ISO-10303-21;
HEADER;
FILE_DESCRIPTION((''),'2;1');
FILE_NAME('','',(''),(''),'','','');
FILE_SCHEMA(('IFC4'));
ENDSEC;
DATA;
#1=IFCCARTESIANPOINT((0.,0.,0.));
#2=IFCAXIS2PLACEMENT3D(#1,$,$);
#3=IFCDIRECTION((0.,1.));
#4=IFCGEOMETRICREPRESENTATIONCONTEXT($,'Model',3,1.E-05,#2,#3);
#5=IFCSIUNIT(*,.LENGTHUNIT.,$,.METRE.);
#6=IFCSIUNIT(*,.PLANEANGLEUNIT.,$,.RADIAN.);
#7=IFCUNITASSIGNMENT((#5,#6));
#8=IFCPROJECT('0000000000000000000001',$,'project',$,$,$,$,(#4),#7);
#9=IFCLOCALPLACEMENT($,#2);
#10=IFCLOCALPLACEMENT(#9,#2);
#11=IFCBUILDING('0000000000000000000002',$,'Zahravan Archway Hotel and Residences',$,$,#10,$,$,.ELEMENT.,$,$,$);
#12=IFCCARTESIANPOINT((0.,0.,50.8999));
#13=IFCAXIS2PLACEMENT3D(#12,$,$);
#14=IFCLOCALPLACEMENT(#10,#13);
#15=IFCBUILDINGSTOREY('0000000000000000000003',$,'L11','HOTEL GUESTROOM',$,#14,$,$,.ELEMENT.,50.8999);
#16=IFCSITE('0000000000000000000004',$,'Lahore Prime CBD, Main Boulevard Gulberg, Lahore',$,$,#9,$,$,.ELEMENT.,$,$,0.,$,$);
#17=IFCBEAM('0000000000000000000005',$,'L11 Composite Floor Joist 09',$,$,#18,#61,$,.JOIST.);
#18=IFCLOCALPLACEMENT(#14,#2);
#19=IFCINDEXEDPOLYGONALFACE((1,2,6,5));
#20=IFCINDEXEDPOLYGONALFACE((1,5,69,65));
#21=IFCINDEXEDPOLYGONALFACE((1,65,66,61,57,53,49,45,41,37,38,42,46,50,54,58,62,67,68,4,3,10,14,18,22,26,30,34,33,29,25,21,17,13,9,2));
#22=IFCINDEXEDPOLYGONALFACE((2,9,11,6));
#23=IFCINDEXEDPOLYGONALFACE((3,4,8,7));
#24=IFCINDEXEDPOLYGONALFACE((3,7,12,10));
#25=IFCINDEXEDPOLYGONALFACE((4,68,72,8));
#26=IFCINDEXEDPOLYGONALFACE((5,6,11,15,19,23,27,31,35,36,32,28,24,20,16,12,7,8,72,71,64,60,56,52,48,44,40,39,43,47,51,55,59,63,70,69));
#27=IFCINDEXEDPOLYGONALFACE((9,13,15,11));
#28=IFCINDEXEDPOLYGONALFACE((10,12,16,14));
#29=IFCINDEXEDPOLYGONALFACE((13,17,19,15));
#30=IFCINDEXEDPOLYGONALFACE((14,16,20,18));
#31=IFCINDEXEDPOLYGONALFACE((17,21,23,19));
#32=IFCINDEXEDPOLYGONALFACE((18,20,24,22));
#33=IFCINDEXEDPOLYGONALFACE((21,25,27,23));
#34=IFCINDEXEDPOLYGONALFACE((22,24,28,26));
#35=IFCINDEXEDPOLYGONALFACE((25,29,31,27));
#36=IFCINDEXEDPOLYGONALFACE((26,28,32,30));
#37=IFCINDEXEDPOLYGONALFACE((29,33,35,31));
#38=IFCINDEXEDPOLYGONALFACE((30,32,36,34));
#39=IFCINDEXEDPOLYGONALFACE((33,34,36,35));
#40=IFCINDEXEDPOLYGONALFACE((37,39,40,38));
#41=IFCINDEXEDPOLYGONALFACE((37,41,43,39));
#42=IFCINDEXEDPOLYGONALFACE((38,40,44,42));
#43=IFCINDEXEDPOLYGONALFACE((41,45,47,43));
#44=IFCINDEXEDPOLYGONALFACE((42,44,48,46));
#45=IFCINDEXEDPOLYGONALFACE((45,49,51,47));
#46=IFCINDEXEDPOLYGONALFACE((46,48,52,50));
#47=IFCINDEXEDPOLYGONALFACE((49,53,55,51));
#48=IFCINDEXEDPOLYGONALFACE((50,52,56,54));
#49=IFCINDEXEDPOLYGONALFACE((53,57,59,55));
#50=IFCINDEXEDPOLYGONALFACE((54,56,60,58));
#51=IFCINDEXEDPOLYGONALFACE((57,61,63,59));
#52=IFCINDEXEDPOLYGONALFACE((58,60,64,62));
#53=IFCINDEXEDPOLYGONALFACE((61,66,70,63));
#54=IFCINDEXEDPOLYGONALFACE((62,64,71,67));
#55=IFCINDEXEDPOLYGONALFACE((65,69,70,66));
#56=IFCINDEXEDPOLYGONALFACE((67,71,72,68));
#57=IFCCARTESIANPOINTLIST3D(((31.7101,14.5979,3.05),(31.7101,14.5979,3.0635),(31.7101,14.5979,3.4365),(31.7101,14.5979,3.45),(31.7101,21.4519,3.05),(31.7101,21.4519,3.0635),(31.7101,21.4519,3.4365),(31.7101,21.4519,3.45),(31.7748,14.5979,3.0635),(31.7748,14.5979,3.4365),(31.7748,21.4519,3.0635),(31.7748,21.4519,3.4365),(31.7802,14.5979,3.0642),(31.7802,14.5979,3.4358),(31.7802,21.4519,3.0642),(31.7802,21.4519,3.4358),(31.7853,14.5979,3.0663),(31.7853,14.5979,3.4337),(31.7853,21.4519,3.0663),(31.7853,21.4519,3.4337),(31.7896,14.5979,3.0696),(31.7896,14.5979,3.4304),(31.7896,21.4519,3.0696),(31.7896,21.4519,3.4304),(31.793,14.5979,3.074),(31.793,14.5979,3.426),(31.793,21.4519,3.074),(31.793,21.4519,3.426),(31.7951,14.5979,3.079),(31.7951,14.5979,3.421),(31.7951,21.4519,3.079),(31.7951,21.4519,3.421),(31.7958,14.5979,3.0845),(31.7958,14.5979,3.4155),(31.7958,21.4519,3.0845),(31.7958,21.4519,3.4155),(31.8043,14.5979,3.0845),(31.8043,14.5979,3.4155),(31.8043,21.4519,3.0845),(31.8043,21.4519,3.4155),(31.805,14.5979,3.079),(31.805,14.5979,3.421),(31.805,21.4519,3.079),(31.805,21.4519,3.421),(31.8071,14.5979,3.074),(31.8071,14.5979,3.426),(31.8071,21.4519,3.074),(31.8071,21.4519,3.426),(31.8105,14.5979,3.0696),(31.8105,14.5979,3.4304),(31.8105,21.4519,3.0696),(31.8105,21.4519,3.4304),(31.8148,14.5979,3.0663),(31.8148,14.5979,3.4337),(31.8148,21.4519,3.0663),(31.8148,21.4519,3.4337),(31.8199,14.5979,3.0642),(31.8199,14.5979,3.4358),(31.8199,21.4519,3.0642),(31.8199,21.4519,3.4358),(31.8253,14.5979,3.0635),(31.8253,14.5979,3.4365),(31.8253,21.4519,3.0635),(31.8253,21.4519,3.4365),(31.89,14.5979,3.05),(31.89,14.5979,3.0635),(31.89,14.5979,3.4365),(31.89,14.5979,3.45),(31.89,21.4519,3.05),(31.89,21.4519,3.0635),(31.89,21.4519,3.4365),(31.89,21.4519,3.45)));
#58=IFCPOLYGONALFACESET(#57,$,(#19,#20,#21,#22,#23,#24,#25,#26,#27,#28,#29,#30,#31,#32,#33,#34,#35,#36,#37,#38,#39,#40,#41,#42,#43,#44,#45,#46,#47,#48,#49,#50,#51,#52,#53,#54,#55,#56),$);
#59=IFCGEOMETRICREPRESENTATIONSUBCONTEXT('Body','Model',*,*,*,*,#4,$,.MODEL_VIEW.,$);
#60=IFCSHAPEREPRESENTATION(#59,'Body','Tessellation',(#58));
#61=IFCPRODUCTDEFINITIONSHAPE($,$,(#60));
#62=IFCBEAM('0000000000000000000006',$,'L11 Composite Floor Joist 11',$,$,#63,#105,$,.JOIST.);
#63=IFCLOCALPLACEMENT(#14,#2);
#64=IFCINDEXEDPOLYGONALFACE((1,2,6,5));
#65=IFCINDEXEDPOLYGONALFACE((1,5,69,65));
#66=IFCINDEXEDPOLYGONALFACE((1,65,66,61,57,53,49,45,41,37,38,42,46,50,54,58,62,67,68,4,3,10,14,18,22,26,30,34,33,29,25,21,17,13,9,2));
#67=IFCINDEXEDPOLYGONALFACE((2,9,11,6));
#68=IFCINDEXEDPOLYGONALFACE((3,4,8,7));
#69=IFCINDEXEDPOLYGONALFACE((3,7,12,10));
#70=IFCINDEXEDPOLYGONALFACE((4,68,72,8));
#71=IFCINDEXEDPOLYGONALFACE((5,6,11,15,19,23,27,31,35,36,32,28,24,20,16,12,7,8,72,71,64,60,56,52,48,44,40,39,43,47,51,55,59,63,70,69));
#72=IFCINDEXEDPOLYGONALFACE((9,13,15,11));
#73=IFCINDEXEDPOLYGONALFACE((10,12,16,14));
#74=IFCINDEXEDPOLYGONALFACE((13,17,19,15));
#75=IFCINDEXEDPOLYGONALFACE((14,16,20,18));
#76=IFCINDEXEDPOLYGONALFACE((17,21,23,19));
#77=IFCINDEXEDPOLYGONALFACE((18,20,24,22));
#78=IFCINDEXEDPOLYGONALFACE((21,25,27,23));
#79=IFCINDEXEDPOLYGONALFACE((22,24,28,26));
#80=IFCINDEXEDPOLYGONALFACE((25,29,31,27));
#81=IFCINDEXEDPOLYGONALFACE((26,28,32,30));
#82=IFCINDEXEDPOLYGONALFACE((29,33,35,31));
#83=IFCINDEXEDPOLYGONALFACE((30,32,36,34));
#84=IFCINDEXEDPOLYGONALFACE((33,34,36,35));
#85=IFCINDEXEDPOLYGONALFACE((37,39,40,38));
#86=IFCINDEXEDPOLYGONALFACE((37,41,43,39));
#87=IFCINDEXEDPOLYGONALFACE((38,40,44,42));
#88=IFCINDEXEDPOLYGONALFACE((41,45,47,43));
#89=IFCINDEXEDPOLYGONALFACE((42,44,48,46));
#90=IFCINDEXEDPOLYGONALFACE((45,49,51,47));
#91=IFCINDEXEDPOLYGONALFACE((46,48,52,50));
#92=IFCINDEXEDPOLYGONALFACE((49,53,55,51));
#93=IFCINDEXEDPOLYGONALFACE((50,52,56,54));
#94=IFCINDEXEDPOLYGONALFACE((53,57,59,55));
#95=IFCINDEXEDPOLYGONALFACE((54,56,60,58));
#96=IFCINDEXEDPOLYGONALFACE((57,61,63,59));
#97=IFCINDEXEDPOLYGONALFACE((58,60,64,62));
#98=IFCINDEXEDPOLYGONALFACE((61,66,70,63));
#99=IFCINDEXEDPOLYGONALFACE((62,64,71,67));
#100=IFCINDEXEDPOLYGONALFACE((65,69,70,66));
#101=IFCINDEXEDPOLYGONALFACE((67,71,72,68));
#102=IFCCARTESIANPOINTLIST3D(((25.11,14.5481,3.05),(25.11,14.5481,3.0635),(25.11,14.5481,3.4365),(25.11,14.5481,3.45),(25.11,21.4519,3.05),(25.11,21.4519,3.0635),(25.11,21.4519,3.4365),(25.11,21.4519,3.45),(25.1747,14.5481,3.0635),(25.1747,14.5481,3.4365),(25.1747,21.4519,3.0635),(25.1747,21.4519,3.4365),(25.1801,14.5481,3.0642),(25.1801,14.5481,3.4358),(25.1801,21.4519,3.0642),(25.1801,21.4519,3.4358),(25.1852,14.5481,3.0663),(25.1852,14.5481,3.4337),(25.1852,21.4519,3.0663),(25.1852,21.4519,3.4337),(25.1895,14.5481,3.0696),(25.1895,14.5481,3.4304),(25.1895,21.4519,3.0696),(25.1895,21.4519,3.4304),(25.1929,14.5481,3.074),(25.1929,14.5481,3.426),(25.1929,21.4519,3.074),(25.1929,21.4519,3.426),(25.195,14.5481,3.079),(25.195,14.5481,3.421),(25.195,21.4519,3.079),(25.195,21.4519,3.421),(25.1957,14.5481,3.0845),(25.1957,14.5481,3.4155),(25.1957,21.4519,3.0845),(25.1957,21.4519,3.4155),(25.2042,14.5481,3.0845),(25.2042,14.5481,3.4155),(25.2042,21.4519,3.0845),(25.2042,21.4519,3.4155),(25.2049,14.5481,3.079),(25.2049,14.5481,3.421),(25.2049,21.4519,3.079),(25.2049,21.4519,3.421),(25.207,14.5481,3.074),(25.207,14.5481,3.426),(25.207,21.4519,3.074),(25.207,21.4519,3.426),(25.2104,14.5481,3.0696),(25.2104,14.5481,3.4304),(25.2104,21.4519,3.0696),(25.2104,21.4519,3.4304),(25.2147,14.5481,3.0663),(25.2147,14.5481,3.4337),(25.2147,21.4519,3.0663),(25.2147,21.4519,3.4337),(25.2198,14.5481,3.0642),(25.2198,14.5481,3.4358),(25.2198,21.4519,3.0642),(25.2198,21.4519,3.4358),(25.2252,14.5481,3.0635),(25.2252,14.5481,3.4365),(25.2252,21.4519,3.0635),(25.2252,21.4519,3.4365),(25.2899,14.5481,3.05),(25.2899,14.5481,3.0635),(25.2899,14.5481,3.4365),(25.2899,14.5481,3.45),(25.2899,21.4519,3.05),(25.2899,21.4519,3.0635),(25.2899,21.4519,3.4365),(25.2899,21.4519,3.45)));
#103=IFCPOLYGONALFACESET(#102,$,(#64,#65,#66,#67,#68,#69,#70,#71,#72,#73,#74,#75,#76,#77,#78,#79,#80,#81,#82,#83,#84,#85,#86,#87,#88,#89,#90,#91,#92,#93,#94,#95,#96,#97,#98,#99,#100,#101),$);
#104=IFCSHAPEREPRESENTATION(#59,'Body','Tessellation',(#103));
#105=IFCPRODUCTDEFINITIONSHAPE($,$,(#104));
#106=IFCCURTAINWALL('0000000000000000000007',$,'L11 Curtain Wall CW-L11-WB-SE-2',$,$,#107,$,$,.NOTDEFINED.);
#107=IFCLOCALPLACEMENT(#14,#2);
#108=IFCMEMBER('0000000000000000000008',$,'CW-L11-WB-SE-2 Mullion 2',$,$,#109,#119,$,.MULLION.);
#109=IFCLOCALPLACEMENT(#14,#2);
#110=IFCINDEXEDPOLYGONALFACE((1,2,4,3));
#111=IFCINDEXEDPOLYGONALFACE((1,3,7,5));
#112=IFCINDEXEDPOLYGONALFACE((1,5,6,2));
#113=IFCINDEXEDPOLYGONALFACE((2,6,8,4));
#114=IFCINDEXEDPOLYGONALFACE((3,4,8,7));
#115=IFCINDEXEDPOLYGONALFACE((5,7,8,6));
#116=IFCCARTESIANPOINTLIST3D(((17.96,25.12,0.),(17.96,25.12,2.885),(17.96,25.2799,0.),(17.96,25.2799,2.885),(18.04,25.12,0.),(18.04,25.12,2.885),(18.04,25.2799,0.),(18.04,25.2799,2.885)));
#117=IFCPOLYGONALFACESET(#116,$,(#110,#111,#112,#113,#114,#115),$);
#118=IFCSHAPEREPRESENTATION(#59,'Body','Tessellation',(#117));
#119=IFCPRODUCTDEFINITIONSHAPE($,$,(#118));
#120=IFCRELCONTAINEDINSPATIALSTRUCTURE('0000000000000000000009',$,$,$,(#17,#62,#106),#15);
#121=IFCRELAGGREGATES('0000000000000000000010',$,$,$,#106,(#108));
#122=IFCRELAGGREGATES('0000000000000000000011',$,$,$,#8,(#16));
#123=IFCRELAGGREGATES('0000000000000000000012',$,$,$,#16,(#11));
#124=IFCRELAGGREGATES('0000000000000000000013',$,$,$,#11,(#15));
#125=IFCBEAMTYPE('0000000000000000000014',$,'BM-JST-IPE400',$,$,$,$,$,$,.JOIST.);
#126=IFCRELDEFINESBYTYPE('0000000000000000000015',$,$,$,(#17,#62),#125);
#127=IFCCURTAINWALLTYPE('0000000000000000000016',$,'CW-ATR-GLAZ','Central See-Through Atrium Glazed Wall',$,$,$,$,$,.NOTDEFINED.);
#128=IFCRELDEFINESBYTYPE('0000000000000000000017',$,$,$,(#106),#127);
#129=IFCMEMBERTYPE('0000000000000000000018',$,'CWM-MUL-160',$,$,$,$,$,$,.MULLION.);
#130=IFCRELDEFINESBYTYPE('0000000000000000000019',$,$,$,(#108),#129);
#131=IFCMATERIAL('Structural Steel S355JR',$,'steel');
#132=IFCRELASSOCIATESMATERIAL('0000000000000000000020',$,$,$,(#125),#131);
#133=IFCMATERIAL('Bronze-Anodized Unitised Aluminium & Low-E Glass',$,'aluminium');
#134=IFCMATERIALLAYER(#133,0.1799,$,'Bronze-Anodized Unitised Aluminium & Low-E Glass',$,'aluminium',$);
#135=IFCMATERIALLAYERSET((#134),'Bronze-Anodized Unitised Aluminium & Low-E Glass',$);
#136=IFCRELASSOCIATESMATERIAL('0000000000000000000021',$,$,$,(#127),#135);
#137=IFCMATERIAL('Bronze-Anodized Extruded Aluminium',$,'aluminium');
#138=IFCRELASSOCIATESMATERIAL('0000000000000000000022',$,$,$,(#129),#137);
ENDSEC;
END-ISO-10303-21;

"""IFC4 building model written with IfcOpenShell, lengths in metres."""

from ifc_helpers import new_model, si_unit, direction, frame, origin, origin_2d, place, context, subcontext, project, spatial, rectangle, i_section, extrude, source, transform, mapped, material, layer, layer_set, material_profile, profile_set, type_object, element, aggregate, save


model = new_model("IFC4")

# Units and contexts
model_context = context("Model", 3, precision=1e-05, world=origin(), true_north=direction((0.0, 1.0)))
body_context = subcontext(model_context, "Body", "Model", "MODEL_VIEW")
ifc_project = project(units=[si_unit("LENGTHUNIT", "METRE"), si_unit("PLANEANGLEUNIT", "RADIAN")], contexts=[model_context])

# Site, building, storey
site_placement = place(None, origin())
site = spatial("IfcSite", under=ifc_project, at=site_placement, Name="Lahore Prime CBD, Main Boulevard Gulberg, Lahore", CompositionType="ELEMENT", RefElevation=0.0)
building_placement = place(site_placement, origin())
building = spatial("IfcBuilding", under=site, at=building_placement, Name="Zahravan Archway Hotel and Residences", CompositionType="ELEMENT")
storey_placement = place(building_placement, frame((0.0, 0.0, 50.8999)))
storey = spatial("IfcBuildingStorey", under=building, at=storey_placement, Name="L11", Description="HOTEL GUESTROOM", CompositionType="ELEMENT", Elevation=50.8999)

# Beams
ifc_material_1 = material(Name="Structural Steel S355JR", Category="steel")
ifc_material_profile_1 = material_profile(ifc_material_1, i_section(OverallWidth=0.1799, OverallDepth=0.3999, WebThickness=0.0085, FlangeThickness=0.0134, FilletRadius=0.021, at=origin_2d()), Name="IPE 400", Category="steel")
ifc_profile_set_1 = profile_set([ifc_material_profile_1], Name="Structural Steel S355JR")
beam_type_1 = type_object("IfcBeamType", Name="BM-JST-IPE400", PredefinedType="JOIST", material=ifc_profile_set_1)
shared_shape_1 = source(origin(), body_context, "Body", "SweptSolid", [
    extrude(i_section(OverallWidth=0.1799, OverallDepth=0.3999, WebThickness=0.0085, FlangeThickness=0.0134, FilletRadius=0.021, at=origin_2d()), origin(), (0.0, 0.0, 1.0), 6.854),
])
beam_1_placement = place(storey_placement, frame((31.8, 14.5979, 3.25), z_axis=(0.0, 1.0, 0.0), x_axis=(-1.0, 0.0, 0.0)))
element("IfcBeam", 1, at=beam_1_placement, inside=storey, type_object=beam_type_1, Name="L11 Composite Floor Joist 09", PredefinedType="JOIST", context=body_context, shape_type="MappedRepresentation", body=[
    mapped(shared_shape_1, transform((0.0, 0.0, 0.0), scale=1.0)),
])
shared_shape_2 = source(origin(), body_context, "Body", "SweptSolid", [
    extrude(i_section(OverallWidth=0.1799, OverallDepth=0.3999, WebThickness=0.0085, FlangeThickness=0.0134, FilletRadius=0.021, at=origin_2d()), origin(), (0.0, 0.0, 1.0), 6.9038),
])
beam_2_placement = place(storey_placement, frame((25.2, 14.5481, 3.25), z_axis=(0.0, 1.0, 0.0), x_axis=(-1.0, 0.0, 0.0)))
element("IfcBeam", 2, at=beam_2_placement, inside=storey, type_object=beam_type_1, Name="L11 Composite Floor Joist 11", PredefinedType="JOIST", context=body_context, shape_type="MappedRepresentation", body=[
    mapped(shared_shape_2, transform((0.0, 0.0, 0.0), scale=1.0)),
])

# Curtain wall, member
ifc_material_2 = material(Name="Bronze-Anodized Unitised Aluminium & Low-E Glass", Category="aluminium")
ifc_layer_1 = layer(ifc_material_2, 0.1799, Name="Bronze-Anodized Unitised Aluminium & Low-E Glass", Category="aluminium")
ifc_layer_set_1 = layer_set([ifc_layer_1], Name="Bronze-Anodized Unitised Aluminium & Low-E Glass")
curtain_wall_type = type_object("IfcCurtainWallType", Name="CW-ATR-GLAZ", Description="Central See-Through Atrium Glazed Wall", PredefinedType="NOTDEFINED", material=ifc_layer_set_1)
curtain_wall_placement = place(storey_placement, origin())
curtain_wall = element("IfcCurtainWall", 3, at=curtain_wall_placement, inside=storey, type_object=curtain_wall_type, Name="L11 Curtain Wall CW-L11-WB-SE-2", PredefinedType="NOTDEFINED")
ifc_material_3 = material(Name="Bronze-Anodized Extruded Aluminium", Category="aluminium")
ifc_material_profile_2 = material_profile(ifc_material_3, rectangle(XDim=0.0801, YDim=0.1599, at=origin_2d()), Name="MUL 80x160", Category="aluminium")
ifc_profile_set_2 = profile_set([ifc_material_profile_2], Name="Bronze-Anodized Extruded Aluminium")
member_type = type_object("IfcMemberType", Name="CWM-MUL-160", PredefinedType="MULLION", material=ifc_profile_set_2)
shared_shape_3 = source(origin(), body_context, "Body", "SweptSolid", [
    extrude(rectangle(XDim=0.0801, YDim=0.1599, at=origin_2d()), origin(), (0.0, 0.0, 1.0), 2.885),
])
member_placement = place(storey_placement, frame((18.0, 25.2, 0.0), z_axis=(0.0, 0.0, 1.0), x_axis=(1.0, 0.0, 0.0)))
member = element("IfcMember", 4, at=member_placement, type_object=member_type, Name="CW-L11-WB-SE-2 Mullion 2", PredefinedType="MULLION", context=body_context, shape_type="MappedRepresentation", body=[
    mapped(shared_shape_3, transform((0.0, 0.0, 0.0), scale=1.0)),
])
aggregate(curtain_wall, [member])

save(model, "model.ifc")
